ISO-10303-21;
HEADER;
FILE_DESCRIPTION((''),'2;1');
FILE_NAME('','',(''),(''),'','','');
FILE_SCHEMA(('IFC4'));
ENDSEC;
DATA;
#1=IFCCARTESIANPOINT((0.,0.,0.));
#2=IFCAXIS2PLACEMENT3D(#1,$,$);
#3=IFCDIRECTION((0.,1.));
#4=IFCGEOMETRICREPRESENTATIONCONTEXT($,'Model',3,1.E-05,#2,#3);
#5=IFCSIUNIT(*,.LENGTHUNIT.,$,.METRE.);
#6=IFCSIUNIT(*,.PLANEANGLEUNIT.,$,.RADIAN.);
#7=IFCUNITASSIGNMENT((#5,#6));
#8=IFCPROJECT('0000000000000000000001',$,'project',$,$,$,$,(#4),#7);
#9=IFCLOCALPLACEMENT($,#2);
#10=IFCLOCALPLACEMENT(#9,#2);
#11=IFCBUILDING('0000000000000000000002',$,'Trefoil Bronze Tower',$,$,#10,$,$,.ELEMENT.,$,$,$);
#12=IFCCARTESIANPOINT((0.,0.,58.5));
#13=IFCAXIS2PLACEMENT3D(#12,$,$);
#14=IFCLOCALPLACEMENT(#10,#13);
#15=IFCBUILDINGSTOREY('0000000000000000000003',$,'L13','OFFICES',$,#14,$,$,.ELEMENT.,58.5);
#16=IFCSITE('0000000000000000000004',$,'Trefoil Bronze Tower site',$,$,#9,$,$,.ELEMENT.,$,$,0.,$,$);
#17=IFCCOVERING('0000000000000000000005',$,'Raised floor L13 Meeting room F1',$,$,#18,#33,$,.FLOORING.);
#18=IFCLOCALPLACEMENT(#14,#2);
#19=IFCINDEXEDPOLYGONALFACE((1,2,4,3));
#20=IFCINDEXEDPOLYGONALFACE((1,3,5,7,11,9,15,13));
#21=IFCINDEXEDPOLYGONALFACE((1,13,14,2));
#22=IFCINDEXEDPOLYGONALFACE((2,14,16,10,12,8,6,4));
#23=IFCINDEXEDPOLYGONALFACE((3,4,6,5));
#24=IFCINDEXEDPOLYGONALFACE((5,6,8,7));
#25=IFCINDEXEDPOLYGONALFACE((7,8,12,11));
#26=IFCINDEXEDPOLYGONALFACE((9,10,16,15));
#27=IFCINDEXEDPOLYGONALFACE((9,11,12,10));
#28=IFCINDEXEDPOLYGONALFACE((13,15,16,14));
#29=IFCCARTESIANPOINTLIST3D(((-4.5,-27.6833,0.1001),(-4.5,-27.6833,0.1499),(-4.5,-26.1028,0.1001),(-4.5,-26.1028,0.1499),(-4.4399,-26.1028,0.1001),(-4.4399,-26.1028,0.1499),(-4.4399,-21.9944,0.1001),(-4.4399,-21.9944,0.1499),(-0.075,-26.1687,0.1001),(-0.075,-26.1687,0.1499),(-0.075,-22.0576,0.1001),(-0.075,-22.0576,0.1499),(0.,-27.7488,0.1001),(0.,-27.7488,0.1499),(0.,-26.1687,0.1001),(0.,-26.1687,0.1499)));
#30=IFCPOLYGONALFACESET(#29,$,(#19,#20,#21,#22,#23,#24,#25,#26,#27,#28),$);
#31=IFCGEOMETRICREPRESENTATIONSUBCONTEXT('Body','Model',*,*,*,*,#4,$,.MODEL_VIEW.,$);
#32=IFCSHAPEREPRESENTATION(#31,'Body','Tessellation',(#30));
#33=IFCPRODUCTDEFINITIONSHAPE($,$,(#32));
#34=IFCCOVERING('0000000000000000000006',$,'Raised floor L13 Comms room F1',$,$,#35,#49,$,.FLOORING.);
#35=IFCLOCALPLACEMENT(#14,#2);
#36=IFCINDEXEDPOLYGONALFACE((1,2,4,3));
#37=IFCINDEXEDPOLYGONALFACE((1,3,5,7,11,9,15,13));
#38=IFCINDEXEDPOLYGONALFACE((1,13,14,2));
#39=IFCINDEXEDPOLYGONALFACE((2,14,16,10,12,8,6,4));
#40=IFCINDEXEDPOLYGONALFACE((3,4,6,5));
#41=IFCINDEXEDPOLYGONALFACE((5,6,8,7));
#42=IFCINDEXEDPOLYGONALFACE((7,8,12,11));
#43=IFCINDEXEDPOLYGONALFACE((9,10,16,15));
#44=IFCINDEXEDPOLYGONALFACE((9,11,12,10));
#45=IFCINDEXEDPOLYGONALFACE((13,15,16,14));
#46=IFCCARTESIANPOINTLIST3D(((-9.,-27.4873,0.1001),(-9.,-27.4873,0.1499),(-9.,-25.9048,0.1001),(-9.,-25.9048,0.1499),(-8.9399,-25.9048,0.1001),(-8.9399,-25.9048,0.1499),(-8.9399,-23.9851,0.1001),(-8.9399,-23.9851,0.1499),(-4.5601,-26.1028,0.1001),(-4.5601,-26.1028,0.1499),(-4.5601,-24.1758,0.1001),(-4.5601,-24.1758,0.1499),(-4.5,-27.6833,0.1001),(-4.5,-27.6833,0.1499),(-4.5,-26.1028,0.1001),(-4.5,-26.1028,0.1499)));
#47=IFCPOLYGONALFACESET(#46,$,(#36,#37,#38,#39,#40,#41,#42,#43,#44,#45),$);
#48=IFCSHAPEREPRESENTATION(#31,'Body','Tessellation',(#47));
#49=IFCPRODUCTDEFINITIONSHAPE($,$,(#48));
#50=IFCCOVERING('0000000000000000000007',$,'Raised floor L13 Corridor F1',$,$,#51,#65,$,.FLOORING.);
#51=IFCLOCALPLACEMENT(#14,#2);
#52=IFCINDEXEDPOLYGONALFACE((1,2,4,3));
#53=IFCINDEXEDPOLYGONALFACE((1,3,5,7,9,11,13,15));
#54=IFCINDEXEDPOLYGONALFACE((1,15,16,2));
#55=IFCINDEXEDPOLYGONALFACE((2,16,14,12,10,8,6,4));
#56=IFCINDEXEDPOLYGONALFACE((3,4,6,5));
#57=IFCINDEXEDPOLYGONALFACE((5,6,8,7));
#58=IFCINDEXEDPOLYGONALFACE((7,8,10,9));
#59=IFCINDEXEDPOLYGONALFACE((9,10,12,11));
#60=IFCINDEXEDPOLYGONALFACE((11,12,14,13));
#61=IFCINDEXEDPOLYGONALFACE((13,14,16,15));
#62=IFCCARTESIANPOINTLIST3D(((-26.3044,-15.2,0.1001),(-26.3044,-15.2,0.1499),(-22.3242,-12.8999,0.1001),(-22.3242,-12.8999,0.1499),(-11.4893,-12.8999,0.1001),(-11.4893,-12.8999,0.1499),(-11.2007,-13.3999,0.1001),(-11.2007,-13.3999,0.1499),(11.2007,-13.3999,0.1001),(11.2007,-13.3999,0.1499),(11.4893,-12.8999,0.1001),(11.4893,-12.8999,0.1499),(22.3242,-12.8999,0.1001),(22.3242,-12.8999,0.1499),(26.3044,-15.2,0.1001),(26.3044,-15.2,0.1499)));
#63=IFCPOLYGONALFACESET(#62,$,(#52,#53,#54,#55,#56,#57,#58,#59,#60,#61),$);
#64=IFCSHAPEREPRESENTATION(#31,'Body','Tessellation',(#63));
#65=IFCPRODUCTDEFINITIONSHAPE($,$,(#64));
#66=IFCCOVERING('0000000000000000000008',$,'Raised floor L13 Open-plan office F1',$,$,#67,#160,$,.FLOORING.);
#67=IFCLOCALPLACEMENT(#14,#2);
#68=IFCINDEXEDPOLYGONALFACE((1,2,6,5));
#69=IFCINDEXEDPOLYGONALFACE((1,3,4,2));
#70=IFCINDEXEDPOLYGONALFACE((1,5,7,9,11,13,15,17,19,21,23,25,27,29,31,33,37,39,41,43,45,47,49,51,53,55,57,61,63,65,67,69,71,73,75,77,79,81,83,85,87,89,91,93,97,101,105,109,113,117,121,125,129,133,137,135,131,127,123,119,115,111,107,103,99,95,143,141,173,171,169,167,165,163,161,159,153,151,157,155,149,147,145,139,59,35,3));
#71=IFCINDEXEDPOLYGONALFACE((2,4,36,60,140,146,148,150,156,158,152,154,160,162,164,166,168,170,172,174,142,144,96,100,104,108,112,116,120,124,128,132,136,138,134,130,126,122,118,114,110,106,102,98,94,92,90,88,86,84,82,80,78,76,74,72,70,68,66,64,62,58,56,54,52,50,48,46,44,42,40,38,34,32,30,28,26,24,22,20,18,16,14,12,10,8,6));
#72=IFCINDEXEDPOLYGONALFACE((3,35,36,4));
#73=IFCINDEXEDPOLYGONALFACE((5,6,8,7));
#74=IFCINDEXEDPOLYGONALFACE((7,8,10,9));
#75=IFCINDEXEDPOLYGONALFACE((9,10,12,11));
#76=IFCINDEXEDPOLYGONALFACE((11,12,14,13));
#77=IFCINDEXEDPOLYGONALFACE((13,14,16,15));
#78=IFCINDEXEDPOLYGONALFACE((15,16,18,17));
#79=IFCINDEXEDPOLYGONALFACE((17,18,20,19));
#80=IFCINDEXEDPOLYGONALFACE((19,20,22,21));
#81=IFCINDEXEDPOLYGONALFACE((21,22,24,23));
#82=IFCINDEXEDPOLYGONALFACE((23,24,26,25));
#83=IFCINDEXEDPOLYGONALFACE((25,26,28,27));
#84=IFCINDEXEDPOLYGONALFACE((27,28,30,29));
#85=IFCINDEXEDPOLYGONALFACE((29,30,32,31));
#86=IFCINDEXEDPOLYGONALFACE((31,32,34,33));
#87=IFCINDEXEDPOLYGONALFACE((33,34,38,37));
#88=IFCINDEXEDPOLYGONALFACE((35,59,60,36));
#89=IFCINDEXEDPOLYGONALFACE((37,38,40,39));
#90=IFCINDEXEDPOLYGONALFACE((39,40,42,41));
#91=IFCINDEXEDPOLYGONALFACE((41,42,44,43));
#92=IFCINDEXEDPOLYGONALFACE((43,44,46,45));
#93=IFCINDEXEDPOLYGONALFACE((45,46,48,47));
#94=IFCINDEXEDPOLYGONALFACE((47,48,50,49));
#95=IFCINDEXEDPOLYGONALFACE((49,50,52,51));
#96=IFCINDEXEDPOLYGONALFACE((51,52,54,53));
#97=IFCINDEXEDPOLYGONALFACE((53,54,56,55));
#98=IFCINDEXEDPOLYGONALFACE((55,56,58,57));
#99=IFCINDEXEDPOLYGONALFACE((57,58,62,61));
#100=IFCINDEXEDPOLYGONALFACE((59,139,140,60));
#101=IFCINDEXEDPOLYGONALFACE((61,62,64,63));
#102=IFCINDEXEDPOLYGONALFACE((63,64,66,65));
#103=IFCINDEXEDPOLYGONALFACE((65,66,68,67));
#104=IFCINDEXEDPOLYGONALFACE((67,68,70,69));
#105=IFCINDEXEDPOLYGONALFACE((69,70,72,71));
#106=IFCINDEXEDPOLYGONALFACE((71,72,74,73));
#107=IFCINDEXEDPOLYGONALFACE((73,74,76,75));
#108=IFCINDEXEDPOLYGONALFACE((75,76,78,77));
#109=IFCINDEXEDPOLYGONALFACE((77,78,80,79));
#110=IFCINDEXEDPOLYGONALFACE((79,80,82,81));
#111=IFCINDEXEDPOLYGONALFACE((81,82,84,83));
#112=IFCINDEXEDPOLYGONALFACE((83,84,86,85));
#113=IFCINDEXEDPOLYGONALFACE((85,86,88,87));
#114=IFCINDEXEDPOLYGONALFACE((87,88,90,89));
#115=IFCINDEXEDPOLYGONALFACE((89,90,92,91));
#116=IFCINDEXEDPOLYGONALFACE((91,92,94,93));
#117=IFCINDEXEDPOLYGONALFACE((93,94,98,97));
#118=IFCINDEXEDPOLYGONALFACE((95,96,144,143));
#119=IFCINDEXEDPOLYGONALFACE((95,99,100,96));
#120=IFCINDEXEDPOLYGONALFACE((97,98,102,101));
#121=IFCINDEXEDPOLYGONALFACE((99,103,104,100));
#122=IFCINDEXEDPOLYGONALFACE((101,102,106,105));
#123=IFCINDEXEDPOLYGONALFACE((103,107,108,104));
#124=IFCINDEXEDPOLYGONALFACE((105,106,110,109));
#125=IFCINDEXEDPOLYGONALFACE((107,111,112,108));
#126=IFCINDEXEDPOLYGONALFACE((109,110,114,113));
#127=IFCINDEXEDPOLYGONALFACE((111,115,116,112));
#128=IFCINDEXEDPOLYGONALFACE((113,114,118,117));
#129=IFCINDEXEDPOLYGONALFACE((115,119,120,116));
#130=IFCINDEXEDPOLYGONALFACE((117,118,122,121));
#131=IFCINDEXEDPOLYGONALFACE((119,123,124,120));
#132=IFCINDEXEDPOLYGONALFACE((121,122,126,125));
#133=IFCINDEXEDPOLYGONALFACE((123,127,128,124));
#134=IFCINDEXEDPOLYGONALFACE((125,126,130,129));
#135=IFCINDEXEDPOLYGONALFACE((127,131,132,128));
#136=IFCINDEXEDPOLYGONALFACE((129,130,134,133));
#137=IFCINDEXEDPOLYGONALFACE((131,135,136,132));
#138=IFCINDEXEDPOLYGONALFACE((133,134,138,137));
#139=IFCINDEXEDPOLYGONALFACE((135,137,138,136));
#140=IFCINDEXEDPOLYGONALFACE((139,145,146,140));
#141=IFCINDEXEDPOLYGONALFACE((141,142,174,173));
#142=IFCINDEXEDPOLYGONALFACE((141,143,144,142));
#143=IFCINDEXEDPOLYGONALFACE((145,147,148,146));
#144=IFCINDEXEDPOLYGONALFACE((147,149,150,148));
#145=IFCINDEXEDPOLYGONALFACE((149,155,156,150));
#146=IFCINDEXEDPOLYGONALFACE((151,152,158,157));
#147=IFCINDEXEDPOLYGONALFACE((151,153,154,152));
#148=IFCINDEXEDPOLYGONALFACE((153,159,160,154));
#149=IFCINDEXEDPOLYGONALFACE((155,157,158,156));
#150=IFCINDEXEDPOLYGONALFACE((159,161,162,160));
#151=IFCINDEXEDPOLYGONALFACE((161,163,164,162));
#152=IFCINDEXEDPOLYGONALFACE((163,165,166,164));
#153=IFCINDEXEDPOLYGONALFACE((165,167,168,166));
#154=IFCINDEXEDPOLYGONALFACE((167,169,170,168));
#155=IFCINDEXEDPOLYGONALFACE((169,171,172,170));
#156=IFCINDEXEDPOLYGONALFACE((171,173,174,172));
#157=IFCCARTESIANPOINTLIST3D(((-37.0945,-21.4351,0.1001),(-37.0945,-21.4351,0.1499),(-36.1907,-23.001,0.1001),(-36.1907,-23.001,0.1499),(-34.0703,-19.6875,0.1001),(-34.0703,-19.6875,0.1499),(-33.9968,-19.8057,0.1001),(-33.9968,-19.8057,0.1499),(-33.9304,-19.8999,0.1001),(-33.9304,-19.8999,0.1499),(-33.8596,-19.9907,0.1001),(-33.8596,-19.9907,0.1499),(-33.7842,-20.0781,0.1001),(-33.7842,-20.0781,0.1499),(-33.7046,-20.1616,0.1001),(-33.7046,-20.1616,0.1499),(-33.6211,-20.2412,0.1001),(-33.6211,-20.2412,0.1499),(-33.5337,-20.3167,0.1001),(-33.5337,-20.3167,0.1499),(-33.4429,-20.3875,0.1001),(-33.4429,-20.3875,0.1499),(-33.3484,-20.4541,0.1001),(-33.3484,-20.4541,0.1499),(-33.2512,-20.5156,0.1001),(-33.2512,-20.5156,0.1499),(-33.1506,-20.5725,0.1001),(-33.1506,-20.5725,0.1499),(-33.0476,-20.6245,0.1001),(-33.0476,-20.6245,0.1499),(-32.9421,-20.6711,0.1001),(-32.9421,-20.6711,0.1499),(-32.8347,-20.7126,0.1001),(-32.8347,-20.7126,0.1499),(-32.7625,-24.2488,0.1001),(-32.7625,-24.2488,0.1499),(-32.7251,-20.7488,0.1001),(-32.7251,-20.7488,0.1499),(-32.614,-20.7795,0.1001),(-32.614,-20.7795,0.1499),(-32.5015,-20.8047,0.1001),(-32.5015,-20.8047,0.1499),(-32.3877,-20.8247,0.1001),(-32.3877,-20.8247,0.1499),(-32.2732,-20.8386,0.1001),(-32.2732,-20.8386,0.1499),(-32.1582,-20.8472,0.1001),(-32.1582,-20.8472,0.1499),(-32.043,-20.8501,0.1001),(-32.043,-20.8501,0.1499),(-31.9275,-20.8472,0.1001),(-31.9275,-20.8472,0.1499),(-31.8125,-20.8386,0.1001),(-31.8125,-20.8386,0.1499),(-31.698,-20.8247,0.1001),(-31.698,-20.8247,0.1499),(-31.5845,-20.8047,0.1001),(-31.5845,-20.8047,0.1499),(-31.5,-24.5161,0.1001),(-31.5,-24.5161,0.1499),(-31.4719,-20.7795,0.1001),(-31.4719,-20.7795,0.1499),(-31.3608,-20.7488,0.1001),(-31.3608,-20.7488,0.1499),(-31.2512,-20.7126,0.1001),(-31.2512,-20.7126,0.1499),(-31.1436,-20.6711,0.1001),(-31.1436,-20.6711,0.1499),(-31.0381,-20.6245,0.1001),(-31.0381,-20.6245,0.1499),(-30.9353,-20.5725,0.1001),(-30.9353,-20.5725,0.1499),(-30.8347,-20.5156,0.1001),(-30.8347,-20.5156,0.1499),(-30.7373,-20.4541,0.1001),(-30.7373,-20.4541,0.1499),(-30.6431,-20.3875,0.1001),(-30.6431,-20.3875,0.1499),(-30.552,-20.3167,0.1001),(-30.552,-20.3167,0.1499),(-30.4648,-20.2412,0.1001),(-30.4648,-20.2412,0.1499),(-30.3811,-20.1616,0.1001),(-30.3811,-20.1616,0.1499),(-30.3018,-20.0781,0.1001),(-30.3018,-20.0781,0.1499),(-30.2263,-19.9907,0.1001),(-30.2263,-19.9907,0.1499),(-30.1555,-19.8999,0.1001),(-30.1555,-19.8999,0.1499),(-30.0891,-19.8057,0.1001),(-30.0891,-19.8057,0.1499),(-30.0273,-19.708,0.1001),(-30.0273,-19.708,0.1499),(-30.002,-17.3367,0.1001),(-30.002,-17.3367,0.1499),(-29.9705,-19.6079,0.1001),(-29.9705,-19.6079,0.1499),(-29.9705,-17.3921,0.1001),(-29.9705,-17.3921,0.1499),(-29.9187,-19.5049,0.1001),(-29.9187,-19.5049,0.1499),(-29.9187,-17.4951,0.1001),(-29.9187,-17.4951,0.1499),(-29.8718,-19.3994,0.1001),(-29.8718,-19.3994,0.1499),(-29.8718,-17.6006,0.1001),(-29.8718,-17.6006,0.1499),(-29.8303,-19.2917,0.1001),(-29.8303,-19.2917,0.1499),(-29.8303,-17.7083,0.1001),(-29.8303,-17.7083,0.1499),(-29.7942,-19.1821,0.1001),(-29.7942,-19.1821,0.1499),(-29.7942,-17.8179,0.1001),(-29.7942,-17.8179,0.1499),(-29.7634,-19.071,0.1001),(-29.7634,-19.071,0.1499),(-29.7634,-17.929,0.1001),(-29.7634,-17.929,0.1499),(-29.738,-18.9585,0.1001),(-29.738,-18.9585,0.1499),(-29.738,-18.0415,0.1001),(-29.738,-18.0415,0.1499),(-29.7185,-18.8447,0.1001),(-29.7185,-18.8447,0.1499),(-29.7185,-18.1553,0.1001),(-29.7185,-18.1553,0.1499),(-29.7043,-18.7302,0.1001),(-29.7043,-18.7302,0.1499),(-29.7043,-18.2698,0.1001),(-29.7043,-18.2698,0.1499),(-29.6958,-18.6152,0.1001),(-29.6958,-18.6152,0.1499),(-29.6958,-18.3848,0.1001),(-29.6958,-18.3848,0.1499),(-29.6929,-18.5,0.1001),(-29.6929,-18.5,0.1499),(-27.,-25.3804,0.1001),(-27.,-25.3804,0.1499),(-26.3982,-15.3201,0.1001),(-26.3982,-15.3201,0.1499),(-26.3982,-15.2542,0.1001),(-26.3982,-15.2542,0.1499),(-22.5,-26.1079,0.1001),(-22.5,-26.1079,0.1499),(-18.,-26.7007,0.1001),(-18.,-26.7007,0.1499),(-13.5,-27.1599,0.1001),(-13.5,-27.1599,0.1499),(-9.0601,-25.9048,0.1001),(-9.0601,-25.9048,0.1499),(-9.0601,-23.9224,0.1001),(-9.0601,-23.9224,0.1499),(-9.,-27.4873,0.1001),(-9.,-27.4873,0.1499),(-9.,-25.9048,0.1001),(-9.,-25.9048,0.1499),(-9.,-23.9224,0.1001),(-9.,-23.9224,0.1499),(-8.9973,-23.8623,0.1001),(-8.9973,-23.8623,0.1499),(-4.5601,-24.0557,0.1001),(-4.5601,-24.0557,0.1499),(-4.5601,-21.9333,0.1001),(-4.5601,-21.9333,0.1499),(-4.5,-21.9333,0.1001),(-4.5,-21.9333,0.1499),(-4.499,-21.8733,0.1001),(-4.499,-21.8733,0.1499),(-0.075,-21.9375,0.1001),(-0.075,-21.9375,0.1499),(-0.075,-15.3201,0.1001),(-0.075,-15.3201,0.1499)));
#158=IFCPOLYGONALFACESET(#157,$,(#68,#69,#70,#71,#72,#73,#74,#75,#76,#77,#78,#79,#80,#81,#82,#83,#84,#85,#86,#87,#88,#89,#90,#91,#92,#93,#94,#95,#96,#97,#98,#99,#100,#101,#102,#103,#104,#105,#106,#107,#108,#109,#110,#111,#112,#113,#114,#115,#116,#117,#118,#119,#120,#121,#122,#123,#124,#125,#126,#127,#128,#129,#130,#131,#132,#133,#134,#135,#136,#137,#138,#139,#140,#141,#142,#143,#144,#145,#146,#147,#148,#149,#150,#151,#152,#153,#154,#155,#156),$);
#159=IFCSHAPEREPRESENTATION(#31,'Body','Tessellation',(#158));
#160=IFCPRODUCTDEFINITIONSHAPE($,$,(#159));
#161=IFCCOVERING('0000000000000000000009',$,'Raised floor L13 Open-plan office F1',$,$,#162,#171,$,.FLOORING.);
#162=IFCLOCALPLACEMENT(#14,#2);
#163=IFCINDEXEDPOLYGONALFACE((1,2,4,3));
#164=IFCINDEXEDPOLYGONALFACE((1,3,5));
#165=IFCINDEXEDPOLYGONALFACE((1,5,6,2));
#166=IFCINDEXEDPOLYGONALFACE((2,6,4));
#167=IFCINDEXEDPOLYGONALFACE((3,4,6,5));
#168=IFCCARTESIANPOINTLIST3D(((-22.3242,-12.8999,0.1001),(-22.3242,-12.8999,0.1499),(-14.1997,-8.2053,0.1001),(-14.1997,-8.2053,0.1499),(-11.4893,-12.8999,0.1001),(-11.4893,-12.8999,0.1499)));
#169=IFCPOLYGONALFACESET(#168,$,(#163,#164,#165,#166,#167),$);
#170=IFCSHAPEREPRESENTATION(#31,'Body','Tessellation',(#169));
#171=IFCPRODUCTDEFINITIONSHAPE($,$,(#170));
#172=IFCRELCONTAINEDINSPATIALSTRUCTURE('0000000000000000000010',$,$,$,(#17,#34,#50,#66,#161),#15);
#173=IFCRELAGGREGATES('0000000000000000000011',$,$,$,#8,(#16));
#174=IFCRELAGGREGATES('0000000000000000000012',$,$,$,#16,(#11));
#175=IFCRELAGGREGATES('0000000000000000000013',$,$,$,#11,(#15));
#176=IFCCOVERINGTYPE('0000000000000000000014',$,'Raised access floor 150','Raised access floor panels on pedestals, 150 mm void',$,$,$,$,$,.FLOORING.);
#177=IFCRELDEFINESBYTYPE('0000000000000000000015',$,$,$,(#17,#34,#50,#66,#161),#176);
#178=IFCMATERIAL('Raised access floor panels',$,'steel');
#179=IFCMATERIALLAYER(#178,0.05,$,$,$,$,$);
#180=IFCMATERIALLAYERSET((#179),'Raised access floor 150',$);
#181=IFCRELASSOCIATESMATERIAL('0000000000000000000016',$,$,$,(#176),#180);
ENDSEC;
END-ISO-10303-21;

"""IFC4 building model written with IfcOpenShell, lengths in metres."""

from ifc_helpers import new_model, si_unit, direction, frame, origin, place, context, subcontext, project, spatial, polyline, outline, extrude, material, layer, layer_set, type_object, element, save


model = new_model("IFC4")

# Units and contexts
model_context = context("Model", 3, precision=1e-05, world=origin(), true_north=direction((0.0, 1.0)))
body_context = subcontext(model_context, "Body", "Model", "MODEL_VIEW")
ifc_project = project(units=[si_unit("LENGTHUNIT", "METRE"), si_unit("PLANEANGLEUNIT", "RADIAN")], contexts=[model_context])

# Site, building, storey
site_placement = place(None, origin())
site = spatial("IfcSite", under=ifc_project, at=site_placement, Name="Trefoil Bronze Tower site", CompositionType="ELEMENT", RefElevation=0.0)
building_placement = place(site_placement, origin())
building = spatial("IfcBuilding", under=site, at=building_placement, Name="Trefoil Bronze Tower", CompositionType="ELEMENT")
storey_placement = place(building_placement, frame((0.0, 0.0, 58.5)))
storey = spatial("IfcBuildingStorey", under=building, at=storey_placement, Name="L13", Description="OFFICES", CompositionType="ELEMENT", Elevation=58.5)

# Coverings
ifc_material_1 = material(Name="Raised access floor panels", Category="steel")
ifc_layer_1 = layer(ifc_material_1, 0.05)
ifc_layer_set_1 = layer_set([ifc_layer_1], Name="Raised access floor 150")
covering_type = type_object("IfcCoveringType", Name="Raised access floor 150", Description="Raised access floor panels on pedestals, 150 mm void", PredefinedType="FLOORING", material=ifc_layer_set_1)
covering_1_placement = place(storey_placement, frame((0.0, 0.0, 0.1001)))
element("IfcCovering", 1, at=covering_1_placement, inside=storey, type_object=covering_type, Name="Raised floor L13 Meeting room F1", PredefinedType="FLOORING", context=body_context, shape_type="SweptSolid", body=[
    extrude(outline(polyline([(0.0, -27.7488), (-4.5, -27.6833), (-4.5, -26.1028), (-4.4399, -26.1028), (-4.4399, -21.9944), (-0.075, -22.0576), (-0.075, -26.1687), (0.0, -26.1687), (0.0, -27.7488)])), origin(), (0.0, 0.0, 1.0), 0.0498),
])
covering_2_placement = place(storey_placement, frame((0.0, 0.0, 0.1001)))
element("IfcCovering", 2, at=covering_2_placement, inside=storey, type_object=covering_type, Name="Raised floor L13 Comms room F1", PredefinedType="FLOORING", context=body_context, shape_type="SweptSolid", body=[
    extrude(outline(polyline([(-4.5, -27.6833), (-9.0, -27.4873), (-9.0, -25.9048), (-8.9399, -25.9048), (-8.9399, -23.9851), (-4.5601, -24.1758), (-4.5601, -26.1028), (-4.5, -26.1028), (-4.5, -27.6833)])), origin(), (0.0, 0.0, 1.0), 0.0498),
])
covering_3_placement = place(storey_placement, frame((0.0, 0.0, 0.1001)))
element("IfcCovering", 3, at=covering_3_placement, inside=storey, type_object=covering_type, Name="Raised floor L13 Corridor F1", PredefinedType="FLOORING", context=body_context, shape_type="SweptSolid", body=[
    extrude(outline(polyline([(-26.3044, -15.2), (-22.3242, -12.8999), (-11.4893, -12.8999), (-11.2007, -13.3999), (11.2007, -13.3999), (11.4893, -12.8999), (22.3242, -12.8999), (26.3044, -15.2), (-26.3044, -15.2)])), origin(), (0.0, 0.0, 1.0), 0.0498),
])
covering_4_placement = place(storey_placement, frame((0.0, 0.0, 0.1001)))
element("IfcCovering", 4, at=covering_4_placement, inside=storey, type_object=covering_type, Name="Raised floor L13 Open-plan office F1", PredefinedType="FLOORING", context=body_context, shape_type="SweptSolid", body=[
    extrude(outline(polyline([(-29.9187, -17.4951), (-29.9705, -17.3921), (-30.002, -17.3367), (-26.3982, -15.2542), (-26.3982, -15.3201), (-0.075, -15.3201), (-0.075, -21.9375), (-4.499, -21.8733), (-4.5, -21.9333), (-4.5601, -21.9333), (-4.5601, -24.0557), (-8.9973, -23.8623), (-9.0, -23.9224), (-9.0601, -23.9224), (-9.0601, -25.9048), (-9.0, -25.9048), (-9.0, -27.4873), (-13.5, -27.1599), (-18.0, -26.7007), (-22.5, -26.1079), (-27.0, -25.3804), (-31.5, -24.5161), (-32.7625, -24.2488), (-36.1907, -23.001), (-37.0945, -21.4351), (-34.0703, -19.6875), (-33.9968, -19.8057), (-33.9304, -19.8999), (-33.8596, -19.9907), (-33.7842, -20.0781), (-33.7046, -20.1616), (-33.6211, -20.2412), (-33.5337, -20.3167), (-33.4429, -20.3875), (-33.3484, -20.4541), (-33.2512, -20.5156), (-33.1506, -20.5725), (-33.0476, -20.6245), (-32.9421, -20.6711), (-32.8347, -20.7126), (-32.7251, -20.7488), (-32.614, -20.7795), (-32.5015, -20.8047), (-32.3877, -20.8247), (-32.2732, -20.8386), (-32.1582, -20.8472), (-32.043, -20.8501), (-31.9275, -20.8472), (-31.8125, -20.8386), (-31.698, -20.8247), (-31.5845, -20.8047), (-31.4719, -20.7795), (-31.3608, -20.7488), (-31.2512, -20.7126), (-31.1436, -20.6711), (-31.0381, -20.6245), (-30.9353, -20.5725), (-30.8347, -20.5156), (-30.7373, -20.4541), (-30.6431, -20.3875), (-30.552, -20.3167), (-30.4648, -20.2412), (-30.3811, -20.1616), (-30.3018, -20.0781), (-30.2263, -19.9907), (-30.1555, -19.8999), (-30.0891, -19.8057), (-30.0273, -19.708), (-29.9705, -19.6079), (-29.9187, -19.5049), (-29.8718, -19.3994), (-29.8303, -19.2917), (-29.7942, -19.1821), (-29.7634, -19.071), (-29.738, -18.9585), (-29.7185, -18.8447), (-29.7043, -18.7302), (-29.6958, -18.6152), (-29.6929, -18.5), (-29.6958, -18.3848), (-29.7043, -18.2698), (-29.7185, -18.1553), (-29.738, -18.0415), (-29.7634, -17.929), (-29.7942, -17.8179), (-29.8303, -17.7083), (-29.8718, -17.6006), (-29.9187, -17.4951)])), origin(), (0.0, 0.0, 1.0), 0.0498),
])
covering_5_placement = place(storey_placement, frame((0.0, 0.0, 0.1001)))
element("IfcCovering", 5, at=covering_5_placement, inside=storey, type_object=covering_type, Name="Raised floor L13 Open-plan office F1", PredefinedType="FLOORING", context=body_context, shape_type="SweptSolid", body=[
    extrude(outline(polyline([(-22.3242, -12.8999), (-14.1997, -8.2053), (-11.4893, -12.8999), (-22.3242, -12.8999)])), origin(), (0.0, 0.0, 1.0), 0.0498),
])

save(model, "model.ifc")
